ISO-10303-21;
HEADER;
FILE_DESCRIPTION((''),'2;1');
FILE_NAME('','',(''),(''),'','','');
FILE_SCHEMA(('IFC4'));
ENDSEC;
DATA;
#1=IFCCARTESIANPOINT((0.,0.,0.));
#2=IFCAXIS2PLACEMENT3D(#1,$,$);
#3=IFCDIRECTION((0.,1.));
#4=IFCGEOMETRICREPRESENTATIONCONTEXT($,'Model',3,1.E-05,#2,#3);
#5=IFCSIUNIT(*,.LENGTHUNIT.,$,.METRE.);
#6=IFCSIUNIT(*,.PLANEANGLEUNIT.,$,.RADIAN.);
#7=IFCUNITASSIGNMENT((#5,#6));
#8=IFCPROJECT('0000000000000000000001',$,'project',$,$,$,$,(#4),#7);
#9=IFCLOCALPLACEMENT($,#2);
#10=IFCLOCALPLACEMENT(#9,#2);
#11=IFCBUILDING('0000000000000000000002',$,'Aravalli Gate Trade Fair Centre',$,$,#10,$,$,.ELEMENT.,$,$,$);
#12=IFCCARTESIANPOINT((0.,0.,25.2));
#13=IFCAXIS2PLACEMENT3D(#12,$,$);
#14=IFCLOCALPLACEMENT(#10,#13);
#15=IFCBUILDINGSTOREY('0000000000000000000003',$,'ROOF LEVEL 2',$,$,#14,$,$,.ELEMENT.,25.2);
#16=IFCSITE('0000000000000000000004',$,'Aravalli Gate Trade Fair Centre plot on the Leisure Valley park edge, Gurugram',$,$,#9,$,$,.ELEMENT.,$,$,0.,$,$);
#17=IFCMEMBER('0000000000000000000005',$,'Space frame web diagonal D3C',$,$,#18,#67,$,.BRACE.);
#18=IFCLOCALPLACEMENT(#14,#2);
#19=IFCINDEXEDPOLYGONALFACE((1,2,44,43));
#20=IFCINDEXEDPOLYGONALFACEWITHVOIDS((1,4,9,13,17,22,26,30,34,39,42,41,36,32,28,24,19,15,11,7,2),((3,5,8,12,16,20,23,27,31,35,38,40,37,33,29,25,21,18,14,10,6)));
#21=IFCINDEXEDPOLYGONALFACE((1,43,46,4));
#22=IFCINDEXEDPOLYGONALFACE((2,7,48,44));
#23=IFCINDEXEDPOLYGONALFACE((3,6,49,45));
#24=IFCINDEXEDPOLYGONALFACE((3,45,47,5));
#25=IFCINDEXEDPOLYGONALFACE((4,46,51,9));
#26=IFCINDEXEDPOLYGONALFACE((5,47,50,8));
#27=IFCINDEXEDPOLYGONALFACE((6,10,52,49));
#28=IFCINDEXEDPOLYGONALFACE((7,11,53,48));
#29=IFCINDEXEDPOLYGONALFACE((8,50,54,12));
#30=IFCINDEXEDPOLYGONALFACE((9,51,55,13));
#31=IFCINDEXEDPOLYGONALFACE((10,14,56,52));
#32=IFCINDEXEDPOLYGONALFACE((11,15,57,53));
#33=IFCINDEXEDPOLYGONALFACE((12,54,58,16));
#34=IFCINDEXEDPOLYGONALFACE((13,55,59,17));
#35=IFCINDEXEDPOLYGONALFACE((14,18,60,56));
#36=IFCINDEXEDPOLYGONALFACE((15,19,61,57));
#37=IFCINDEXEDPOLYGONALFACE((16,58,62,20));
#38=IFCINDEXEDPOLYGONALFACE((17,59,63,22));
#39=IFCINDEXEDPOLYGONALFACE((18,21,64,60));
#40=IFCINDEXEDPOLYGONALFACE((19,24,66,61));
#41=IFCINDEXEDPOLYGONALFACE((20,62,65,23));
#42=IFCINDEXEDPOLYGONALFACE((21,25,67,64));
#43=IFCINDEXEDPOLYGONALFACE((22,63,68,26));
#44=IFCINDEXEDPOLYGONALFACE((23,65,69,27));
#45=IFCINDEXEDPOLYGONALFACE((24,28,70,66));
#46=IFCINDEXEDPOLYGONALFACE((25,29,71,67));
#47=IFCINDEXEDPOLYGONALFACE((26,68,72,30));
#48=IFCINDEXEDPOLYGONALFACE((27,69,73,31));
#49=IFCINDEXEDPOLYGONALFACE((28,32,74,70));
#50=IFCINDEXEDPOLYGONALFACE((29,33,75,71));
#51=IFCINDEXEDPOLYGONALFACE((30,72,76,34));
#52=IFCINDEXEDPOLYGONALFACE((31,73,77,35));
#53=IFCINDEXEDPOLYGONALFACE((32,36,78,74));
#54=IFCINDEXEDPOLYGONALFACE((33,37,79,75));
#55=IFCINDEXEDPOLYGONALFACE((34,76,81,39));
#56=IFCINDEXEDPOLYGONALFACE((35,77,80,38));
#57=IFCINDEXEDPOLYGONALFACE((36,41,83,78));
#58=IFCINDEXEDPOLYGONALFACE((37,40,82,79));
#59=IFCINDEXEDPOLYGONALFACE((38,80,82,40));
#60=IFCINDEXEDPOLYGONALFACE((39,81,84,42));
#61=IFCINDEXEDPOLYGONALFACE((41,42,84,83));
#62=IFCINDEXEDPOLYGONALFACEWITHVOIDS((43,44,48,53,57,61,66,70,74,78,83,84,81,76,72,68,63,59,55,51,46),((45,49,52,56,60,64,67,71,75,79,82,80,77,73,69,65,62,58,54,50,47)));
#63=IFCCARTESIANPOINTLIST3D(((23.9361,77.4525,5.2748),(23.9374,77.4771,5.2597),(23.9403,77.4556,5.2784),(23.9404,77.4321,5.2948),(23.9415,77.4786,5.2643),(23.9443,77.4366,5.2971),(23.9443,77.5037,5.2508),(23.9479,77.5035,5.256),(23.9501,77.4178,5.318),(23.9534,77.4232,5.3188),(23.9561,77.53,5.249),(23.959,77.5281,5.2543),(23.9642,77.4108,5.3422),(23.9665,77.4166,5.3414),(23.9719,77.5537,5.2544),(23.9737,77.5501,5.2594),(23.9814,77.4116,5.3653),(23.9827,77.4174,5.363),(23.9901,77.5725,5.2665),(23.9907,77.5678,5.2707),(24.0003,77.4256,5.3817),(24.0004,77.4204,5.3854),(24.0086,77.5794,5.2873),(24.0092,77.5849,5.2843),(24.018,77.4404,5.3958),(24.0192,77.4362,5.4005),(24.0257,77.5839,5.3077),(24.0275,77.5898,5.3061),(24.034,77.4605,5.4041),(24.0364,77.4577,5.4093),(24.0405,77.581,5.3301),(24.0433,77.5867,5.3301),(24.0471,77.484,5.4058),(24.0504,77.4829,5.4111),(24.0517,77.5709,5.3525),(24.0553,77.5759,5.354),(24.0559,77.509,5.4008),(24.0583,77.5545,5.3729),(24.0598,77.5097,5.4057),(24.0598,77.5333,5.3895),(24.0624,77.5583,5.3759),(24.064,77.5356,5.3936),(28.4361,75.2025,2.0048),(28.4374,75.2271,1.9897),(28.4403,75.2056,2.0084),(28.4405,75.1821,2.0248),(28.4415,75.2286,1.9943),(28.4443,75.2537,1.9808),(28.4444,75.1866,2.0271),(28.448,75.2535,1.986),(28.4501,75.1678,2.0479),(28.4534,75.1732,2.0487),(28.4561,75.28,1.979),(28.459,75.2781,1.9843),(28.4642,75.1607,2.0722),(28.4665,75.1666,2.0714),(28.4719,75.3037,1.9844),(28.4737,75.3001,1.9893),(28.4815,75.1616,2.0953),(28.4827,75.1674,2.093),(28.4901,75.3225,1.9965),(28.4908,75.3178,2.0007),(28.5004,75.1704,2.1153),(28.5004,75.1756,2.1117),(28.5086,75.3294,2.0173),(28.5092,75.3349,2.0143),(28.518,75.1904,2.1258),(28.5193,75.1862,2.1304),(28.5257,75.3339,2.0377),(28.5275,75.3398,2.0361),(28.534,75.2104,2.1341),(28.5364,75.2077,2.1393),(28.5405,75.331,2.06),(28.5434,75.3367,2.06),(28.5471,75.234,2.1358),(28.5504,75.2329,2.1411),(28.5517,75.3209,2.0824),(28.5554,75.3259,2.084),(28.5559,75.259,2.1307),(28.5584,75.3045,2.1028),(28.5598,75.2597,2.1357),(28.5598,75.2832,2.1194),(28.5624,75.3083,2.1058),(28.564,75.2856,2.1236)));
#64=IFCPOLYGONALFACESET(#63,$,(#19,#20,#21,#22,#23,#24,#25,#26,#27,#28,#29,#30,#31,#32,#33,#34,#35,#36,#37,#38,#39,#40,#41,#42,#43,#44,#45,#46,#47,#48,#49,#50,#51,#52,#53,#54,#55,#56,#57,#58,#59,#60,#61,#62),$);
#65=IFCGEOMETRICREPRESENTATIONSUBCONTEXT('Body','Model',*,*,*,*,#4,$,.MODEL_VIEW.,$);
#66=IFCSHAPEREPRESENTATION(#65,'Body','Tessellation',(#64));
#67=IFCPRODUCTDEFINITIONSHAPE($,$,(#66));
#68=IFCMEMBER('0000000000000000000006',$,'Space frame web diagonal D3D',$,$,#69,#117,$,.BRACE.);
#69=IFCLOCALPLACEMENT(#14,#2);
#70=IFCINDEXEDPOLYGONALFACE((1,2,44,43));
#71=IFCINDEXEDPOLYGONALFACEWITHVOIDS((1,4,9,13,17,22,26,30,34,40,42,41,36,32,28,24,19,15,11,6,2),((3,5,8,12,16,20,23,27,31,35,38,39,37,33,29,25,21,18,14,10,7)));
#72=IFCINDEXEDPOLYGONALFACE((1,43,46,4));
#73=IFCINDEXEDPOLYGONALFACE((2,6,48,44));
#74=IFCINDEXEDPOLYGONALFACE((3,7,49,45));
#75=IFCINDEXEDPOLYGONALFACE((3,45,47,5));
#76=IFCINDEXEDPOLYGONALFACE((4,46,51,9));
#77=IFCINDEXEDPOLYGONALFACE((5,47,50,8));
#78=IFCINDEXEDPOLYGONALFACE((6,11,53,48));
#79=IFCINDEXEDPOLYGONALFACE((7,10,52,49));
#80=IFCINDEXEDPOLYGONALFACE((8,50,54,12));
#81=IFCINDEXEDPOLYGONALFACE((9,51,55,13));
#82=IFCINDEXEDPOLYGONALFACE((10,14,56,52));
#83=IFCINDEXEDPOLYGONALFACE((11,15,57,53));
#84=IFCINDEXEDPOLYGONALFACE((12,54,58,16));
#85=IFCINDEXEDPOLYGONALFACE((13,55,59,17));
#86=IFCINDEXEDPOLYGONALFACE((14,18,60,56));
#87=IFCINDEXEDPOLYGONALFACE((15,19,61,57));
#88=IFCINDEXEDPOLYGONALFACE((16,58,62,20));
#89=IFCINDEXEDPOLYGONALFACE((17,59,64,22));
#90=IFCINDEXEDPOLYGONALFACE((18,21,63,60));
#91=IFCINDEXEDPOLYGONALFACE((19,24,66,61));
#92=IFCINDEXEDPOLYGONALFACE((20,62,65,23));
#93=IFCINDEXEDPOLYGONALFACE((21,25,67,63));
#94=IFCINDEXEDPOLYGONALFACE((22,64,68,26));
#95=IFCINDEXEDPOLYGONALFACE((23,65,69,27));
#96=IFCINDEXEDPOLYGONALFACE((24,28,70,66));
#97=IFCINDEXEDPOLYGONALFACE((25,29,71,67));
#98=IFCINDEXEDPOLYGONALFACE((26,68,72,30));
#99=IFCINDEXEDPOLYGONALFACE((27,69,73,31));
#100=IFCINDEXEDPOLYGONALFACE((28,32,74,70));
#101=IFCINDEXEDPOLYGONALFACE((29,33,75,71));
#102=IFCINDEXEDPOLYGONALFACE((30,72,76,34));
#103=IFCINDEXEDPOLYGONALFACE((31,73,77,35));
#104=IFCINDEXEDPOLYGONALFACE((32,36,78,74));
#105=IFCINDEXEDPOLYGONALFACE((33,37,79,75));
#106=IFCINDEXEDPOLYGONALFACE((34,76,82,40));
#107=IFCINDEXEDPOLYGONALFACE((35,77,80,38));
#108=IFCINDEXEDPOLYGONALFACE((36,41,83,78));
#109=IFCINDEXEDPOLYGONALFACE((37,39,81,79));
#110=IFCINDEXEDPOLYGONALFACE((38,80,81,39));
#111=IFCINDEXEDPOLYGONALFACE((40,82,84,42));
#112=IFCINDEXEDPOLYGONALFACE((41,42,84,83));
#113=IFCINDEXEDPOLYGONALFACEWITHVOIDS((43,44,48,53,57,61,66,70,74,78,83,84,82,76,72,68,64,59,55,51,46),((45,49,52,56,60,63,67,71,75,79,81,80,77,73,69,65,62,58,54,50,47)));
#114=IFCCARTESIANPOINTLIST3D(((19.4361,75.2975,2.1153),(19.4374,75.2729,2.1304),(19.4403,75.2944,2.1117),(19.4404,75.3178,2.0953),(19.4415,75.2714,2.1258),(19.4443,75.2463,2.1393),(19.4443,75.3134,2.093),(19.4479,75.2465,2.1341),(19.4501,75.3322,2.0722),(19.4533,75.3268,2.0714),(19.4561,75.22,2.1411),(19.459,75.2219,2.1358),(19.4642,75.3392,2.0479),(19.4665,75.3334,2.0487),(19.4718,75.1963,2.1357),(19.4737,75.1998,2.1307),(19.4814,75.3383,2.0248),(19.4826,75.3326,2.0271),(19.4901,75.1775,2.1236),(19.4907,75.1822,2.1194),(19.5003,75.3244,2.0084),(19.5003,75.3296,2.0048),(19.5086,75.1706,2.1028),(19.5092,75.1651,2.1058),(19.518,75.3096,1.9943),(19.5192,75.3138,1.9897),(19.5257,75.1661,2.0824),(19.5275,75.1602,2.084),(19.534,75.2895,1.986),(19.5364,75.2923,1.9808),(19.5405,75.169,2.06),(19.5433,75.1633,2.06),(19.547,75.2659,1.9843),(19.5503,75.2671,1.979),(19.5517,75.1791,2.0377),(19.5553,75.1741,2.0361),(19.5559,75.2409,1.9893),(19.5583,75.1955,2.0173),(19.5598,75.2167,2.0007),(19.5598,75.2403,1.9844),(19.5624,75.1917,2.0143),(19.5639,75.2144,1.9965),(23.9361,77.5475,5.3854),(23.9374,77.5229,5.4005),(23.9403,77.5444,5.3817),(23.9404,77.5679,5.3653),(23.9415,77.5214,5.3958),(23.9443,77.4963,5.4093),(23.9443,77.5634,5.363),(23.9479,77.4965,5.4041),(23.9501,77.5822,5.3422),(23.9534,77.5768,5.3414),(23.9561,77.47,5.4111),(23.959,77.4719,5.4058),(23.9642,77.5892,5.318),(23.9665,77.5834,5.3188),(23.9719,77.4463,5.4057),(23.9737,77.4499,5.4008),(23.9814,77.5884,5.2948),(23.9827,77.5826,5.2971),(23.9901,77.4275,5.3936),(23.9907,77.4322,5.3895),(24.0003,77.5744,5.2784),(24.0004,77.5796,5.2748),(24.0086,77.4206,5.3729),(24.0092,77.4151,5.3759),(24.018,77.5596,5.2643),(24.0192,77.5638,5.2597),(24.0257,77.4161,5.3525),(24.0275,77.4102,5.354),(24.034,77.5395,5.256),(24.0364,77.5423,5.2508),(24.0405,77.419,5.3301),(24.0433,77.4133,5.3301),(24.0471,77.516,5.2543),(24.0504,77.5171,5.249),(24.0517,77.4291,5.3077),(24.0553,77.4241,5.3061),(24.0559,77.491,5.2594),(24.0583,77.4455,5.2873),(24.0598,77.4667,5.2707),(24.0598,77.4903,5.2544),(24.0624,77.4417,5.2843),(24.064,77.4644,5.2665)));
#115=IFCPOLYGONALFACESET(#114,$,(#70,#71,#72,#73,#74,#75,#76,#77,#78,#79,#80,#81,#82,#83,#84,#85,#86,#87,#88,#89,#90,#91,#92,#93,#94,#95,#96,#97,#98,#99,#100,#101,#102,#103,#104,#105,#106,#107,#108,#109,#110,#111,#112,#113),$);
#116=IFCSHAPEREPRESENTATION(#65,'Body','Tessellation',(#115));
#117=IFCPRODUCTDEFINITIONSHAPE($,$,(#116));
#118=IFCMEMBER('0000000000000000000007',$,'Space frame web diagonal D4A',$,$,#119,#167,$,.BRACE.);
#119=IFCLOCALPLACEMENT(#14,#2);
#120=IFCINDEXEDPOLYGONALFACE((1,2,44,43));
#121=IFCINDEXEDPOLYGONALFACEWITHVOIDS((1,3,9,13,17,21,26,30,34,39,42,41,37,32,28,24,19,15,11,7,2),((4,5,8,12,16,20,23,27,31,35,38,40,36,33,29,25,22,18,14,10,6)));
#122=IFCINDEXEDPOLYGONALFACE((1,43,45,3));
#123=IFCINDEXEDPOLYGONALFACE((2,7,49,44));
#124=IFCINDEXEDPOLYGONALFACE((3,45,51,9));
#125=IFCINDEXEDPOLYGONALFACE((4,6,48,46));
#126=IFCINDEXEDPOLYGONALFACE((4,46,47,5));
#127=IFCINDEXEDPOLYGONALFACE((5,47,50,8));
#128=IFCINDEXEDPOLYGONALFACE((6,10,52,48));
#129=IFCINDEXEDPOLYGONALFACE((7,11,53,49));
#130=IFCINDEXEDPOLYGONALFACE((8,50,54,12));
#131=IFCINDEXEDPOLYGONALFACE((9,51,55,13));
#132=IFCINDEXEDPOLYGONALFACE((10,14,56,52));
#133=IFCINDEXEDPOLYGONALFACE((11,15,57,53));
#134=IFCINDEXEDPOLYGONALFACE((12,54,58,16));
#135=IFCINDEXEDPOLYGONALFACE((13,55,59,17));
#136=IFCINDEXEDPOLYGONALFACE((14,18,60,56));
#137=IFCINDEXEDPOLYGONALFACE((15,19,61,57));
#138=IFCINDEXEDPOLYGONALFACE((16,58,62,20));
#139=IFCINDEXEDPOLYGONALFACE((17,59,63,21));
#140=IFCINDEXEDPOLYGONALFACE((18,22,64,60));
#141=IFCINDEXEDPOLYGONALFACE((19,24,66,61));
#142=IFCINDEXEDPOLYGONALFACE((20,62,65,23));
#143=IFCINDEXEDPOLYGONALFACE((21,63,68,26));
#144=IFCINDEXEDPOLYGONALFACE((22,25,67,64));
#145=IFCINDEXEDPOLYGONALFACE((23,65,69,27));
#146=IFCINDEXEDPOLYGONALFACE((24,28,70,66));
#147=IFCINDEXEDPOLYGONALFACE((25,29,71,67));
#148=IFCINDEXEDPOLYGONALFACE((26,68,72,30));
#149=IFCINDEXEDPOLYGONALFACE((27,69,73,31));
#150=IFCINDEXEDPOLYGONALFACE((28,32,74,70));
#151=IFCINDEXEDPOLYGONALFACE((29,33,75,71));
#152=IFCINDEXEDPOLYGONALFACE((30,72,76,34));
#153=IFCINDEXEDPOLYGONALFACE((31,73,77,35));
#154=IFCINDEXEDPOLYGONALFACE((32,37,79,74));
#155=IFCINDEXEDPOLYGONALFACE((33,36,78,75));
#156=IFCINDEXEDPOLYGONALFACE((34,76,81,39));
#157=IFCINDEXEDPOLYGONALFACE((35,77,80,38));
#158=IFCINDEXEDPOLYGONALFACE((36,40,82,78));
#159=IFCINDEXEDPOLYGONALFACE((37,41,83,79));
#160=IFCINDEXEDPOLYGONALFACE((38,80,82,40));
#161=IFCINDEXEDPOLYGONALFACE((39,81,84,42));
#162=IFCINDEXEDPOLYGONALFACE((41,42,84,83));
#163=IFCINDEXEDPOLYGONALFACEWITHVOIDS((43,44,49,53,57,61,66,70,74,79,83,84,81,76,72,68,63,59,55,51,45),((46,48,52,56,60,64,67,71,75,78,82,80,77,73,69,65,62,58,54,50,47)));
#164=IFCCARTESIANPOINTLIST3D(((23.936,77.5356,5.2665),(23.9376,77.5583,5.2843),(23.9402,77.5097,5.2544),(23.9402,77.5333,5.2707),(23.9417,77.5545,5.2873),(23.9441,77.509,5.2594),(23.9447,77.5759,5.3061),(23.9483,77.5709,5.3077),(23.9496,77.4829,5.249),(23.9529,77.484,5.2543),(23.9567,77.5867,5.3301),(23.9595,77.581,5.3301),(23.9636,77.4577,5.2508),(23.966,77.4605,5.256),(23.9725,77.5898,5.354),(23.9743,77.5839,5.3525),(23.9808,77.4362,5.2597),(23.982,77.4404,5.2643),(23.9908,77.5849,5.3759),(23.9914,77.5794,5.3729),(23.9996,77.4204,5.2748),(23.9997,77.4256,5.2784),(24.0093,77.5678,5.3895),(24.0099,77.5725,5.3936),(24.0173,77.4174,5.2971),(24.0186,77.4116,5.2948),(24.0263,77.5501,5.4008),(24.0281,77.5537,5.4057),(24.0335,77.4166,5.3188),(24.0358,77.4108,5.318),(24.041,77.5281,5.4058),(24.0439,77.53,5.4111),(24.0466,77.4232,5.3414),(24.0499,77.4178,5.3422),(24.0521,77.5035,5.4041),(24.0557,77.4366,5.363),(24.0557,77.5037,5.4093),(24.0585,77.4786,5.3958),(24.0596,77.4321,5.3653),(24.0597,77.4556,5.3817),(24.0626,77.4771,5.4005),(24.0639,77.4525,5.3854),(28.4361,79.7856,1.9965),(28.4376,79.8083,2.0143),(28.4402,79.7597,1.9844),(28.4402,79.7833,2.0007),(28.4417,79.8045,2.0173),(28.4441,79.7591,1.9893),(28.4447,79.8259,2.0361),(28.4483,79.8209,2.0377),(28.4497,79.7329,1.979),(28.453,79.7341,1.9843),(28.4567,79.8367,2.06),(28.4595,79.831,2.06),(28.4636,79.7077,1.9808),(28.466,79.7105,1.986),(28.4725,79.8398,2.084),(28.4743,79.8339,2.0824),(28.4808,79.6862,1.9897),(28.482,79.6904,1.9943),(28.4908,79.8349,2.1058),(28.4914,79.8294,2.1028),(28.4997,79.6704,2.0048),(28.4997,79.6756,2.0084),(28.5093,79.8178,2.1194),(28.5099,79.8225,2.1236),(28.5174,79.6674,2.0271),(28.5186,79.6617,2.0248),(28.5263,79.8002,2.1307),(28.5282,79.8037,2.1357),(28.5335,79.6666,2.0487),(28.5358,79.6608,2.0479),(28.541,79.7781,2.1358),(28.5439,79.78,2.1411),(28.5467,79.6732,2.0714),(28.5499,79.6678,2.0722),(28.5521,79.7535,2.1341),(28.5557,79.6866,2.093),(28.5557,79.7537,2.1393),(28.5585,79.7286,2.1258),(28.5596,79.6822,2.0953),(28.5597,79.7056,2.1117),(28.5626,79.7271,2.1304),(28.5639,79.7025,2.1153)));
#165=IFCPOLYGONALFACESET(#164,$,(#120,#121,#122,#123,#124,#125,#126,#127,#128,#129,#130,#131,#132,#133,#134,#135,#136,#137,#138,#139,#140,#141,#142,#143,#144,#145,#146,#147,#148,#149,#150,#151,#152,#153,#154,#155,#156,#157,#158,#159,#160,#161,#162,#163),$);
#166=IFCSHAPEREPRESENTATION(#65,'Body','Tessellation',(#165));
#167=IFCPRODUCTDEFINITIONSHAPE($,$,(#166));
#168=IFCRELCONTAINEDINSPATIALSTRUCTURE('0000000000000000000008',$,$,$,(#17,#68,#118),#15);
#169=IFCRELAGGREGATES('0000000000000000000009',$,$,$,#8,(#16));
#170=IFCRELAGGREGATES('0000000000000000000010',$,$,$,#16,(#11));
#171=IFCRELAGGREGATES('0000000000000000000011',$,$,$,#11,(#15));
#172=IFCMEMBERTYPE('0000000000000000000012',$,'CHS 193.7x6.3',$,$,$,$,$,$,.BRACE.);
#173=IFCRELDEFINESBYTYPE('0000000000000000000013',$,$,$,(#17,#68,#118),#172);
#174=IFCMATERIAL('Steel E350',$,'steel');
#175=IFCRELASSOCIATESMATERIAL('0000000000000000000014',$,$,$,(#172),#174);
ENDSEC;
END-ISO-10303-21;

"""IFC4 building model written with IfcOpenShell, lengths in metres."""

from ifc_helpers import new_model, si_unit, direction, frame, origin, origin_2d, place, context, subcontext, project, spatial, hollow_circle, extrude, material, material_profile, profile_set, type_object, element, save


model = new_model("IFC4")

# Units and contexts
model_context = context("Model", 3, precision=1e-05, world=origin(), true_north=direction((0.0, 1.0)))
body_context = subcontext(model_context, "Body", "Model", "MODEL_VIEW")
ifc_project = project(units=[si_unit("LENGTHUNIT", "METRE"), si_unit("PLANEANGLEUNIT", "RADIAN")], contexts=[model_context])

# Site, building, storey
site_placement = place(None, origin())
site = spatial("IfcSite", under=ifc_project, at=site_placement, Name="Aravalli Gate Trade Fair Centre plot on the Leisure Valley park edge, Gurugram", CompositionType="ELEMENT", RefElevation=0.0)
building_placement = place(site_placement, origin())
building = spatial("IfcBuilding", under=site, at=building_placement, Name="Aravalli Gate Trade Fair Centre", CompositionType="ELEMENT")
storey_placement = place(building_placement, frame((0.0, 0.0, 25.2)))
storey = spatial("IfcBuildingStorey", under=building, at=storey_placement, Name="ROOF LEVEL 2", CompositionType="ELEMENT", Elevation=25.2)

# Members
ifc_material_1 = material(Name="Steel E350", Category="steel")
ifc_material_profile_1 = material_profile(ifc_material_1, hollow_circle(Radius=0.0969, WallThickness=0.0063, at=origin_2d()), Name="CHS 193.7x6.3")
ifc_profile_set_1 = profile_set([ifc_material_profile_1], Name="Steel E350")
member_type_1 = type_object("IfcMemberType", Name="CHS 193.7x6.3", PredefinedType="BRACE", material=ifc_profile_set_1)
for number, where, z_axis, x_axis, name in (
    (1, (24.0, 77.5, 5.3301), (0.749942, -0.374971, -0.544961), (0.447214, 0.894427, 0.0), "Space frame web diagonal D3C"),
    (2, (24.0, 77.5, 5.3301), (-0.749942, -0.374971, -0.544961), (0.447214, -0.894427, 0.0), "Space frame web diagonal D3D"),
    (3, (24.0, 77.5, 5.3301), (0.749942, 0.374971, -0.544961), (-0.447214, 0.894427, 0.0), "Space frame web diagonal D4A"),
):
    element("IfcMember", number, at=place(storey_placement, frame(where, z_axis=z_axis, x_axis=x_axis)), inside=storey, type_object=member_type_1, Name=name, PredefinedType="BRACE", context=body_context, shape_type="SweptSolid", body=[
        extrude(hollow_circle(Radius=0.0969, WallThickness=0.0063, at=origin_2d()), origin(), (0.0, 0.0, 1.0), 6.0005),
    ])

save(model, "model.ifc")
